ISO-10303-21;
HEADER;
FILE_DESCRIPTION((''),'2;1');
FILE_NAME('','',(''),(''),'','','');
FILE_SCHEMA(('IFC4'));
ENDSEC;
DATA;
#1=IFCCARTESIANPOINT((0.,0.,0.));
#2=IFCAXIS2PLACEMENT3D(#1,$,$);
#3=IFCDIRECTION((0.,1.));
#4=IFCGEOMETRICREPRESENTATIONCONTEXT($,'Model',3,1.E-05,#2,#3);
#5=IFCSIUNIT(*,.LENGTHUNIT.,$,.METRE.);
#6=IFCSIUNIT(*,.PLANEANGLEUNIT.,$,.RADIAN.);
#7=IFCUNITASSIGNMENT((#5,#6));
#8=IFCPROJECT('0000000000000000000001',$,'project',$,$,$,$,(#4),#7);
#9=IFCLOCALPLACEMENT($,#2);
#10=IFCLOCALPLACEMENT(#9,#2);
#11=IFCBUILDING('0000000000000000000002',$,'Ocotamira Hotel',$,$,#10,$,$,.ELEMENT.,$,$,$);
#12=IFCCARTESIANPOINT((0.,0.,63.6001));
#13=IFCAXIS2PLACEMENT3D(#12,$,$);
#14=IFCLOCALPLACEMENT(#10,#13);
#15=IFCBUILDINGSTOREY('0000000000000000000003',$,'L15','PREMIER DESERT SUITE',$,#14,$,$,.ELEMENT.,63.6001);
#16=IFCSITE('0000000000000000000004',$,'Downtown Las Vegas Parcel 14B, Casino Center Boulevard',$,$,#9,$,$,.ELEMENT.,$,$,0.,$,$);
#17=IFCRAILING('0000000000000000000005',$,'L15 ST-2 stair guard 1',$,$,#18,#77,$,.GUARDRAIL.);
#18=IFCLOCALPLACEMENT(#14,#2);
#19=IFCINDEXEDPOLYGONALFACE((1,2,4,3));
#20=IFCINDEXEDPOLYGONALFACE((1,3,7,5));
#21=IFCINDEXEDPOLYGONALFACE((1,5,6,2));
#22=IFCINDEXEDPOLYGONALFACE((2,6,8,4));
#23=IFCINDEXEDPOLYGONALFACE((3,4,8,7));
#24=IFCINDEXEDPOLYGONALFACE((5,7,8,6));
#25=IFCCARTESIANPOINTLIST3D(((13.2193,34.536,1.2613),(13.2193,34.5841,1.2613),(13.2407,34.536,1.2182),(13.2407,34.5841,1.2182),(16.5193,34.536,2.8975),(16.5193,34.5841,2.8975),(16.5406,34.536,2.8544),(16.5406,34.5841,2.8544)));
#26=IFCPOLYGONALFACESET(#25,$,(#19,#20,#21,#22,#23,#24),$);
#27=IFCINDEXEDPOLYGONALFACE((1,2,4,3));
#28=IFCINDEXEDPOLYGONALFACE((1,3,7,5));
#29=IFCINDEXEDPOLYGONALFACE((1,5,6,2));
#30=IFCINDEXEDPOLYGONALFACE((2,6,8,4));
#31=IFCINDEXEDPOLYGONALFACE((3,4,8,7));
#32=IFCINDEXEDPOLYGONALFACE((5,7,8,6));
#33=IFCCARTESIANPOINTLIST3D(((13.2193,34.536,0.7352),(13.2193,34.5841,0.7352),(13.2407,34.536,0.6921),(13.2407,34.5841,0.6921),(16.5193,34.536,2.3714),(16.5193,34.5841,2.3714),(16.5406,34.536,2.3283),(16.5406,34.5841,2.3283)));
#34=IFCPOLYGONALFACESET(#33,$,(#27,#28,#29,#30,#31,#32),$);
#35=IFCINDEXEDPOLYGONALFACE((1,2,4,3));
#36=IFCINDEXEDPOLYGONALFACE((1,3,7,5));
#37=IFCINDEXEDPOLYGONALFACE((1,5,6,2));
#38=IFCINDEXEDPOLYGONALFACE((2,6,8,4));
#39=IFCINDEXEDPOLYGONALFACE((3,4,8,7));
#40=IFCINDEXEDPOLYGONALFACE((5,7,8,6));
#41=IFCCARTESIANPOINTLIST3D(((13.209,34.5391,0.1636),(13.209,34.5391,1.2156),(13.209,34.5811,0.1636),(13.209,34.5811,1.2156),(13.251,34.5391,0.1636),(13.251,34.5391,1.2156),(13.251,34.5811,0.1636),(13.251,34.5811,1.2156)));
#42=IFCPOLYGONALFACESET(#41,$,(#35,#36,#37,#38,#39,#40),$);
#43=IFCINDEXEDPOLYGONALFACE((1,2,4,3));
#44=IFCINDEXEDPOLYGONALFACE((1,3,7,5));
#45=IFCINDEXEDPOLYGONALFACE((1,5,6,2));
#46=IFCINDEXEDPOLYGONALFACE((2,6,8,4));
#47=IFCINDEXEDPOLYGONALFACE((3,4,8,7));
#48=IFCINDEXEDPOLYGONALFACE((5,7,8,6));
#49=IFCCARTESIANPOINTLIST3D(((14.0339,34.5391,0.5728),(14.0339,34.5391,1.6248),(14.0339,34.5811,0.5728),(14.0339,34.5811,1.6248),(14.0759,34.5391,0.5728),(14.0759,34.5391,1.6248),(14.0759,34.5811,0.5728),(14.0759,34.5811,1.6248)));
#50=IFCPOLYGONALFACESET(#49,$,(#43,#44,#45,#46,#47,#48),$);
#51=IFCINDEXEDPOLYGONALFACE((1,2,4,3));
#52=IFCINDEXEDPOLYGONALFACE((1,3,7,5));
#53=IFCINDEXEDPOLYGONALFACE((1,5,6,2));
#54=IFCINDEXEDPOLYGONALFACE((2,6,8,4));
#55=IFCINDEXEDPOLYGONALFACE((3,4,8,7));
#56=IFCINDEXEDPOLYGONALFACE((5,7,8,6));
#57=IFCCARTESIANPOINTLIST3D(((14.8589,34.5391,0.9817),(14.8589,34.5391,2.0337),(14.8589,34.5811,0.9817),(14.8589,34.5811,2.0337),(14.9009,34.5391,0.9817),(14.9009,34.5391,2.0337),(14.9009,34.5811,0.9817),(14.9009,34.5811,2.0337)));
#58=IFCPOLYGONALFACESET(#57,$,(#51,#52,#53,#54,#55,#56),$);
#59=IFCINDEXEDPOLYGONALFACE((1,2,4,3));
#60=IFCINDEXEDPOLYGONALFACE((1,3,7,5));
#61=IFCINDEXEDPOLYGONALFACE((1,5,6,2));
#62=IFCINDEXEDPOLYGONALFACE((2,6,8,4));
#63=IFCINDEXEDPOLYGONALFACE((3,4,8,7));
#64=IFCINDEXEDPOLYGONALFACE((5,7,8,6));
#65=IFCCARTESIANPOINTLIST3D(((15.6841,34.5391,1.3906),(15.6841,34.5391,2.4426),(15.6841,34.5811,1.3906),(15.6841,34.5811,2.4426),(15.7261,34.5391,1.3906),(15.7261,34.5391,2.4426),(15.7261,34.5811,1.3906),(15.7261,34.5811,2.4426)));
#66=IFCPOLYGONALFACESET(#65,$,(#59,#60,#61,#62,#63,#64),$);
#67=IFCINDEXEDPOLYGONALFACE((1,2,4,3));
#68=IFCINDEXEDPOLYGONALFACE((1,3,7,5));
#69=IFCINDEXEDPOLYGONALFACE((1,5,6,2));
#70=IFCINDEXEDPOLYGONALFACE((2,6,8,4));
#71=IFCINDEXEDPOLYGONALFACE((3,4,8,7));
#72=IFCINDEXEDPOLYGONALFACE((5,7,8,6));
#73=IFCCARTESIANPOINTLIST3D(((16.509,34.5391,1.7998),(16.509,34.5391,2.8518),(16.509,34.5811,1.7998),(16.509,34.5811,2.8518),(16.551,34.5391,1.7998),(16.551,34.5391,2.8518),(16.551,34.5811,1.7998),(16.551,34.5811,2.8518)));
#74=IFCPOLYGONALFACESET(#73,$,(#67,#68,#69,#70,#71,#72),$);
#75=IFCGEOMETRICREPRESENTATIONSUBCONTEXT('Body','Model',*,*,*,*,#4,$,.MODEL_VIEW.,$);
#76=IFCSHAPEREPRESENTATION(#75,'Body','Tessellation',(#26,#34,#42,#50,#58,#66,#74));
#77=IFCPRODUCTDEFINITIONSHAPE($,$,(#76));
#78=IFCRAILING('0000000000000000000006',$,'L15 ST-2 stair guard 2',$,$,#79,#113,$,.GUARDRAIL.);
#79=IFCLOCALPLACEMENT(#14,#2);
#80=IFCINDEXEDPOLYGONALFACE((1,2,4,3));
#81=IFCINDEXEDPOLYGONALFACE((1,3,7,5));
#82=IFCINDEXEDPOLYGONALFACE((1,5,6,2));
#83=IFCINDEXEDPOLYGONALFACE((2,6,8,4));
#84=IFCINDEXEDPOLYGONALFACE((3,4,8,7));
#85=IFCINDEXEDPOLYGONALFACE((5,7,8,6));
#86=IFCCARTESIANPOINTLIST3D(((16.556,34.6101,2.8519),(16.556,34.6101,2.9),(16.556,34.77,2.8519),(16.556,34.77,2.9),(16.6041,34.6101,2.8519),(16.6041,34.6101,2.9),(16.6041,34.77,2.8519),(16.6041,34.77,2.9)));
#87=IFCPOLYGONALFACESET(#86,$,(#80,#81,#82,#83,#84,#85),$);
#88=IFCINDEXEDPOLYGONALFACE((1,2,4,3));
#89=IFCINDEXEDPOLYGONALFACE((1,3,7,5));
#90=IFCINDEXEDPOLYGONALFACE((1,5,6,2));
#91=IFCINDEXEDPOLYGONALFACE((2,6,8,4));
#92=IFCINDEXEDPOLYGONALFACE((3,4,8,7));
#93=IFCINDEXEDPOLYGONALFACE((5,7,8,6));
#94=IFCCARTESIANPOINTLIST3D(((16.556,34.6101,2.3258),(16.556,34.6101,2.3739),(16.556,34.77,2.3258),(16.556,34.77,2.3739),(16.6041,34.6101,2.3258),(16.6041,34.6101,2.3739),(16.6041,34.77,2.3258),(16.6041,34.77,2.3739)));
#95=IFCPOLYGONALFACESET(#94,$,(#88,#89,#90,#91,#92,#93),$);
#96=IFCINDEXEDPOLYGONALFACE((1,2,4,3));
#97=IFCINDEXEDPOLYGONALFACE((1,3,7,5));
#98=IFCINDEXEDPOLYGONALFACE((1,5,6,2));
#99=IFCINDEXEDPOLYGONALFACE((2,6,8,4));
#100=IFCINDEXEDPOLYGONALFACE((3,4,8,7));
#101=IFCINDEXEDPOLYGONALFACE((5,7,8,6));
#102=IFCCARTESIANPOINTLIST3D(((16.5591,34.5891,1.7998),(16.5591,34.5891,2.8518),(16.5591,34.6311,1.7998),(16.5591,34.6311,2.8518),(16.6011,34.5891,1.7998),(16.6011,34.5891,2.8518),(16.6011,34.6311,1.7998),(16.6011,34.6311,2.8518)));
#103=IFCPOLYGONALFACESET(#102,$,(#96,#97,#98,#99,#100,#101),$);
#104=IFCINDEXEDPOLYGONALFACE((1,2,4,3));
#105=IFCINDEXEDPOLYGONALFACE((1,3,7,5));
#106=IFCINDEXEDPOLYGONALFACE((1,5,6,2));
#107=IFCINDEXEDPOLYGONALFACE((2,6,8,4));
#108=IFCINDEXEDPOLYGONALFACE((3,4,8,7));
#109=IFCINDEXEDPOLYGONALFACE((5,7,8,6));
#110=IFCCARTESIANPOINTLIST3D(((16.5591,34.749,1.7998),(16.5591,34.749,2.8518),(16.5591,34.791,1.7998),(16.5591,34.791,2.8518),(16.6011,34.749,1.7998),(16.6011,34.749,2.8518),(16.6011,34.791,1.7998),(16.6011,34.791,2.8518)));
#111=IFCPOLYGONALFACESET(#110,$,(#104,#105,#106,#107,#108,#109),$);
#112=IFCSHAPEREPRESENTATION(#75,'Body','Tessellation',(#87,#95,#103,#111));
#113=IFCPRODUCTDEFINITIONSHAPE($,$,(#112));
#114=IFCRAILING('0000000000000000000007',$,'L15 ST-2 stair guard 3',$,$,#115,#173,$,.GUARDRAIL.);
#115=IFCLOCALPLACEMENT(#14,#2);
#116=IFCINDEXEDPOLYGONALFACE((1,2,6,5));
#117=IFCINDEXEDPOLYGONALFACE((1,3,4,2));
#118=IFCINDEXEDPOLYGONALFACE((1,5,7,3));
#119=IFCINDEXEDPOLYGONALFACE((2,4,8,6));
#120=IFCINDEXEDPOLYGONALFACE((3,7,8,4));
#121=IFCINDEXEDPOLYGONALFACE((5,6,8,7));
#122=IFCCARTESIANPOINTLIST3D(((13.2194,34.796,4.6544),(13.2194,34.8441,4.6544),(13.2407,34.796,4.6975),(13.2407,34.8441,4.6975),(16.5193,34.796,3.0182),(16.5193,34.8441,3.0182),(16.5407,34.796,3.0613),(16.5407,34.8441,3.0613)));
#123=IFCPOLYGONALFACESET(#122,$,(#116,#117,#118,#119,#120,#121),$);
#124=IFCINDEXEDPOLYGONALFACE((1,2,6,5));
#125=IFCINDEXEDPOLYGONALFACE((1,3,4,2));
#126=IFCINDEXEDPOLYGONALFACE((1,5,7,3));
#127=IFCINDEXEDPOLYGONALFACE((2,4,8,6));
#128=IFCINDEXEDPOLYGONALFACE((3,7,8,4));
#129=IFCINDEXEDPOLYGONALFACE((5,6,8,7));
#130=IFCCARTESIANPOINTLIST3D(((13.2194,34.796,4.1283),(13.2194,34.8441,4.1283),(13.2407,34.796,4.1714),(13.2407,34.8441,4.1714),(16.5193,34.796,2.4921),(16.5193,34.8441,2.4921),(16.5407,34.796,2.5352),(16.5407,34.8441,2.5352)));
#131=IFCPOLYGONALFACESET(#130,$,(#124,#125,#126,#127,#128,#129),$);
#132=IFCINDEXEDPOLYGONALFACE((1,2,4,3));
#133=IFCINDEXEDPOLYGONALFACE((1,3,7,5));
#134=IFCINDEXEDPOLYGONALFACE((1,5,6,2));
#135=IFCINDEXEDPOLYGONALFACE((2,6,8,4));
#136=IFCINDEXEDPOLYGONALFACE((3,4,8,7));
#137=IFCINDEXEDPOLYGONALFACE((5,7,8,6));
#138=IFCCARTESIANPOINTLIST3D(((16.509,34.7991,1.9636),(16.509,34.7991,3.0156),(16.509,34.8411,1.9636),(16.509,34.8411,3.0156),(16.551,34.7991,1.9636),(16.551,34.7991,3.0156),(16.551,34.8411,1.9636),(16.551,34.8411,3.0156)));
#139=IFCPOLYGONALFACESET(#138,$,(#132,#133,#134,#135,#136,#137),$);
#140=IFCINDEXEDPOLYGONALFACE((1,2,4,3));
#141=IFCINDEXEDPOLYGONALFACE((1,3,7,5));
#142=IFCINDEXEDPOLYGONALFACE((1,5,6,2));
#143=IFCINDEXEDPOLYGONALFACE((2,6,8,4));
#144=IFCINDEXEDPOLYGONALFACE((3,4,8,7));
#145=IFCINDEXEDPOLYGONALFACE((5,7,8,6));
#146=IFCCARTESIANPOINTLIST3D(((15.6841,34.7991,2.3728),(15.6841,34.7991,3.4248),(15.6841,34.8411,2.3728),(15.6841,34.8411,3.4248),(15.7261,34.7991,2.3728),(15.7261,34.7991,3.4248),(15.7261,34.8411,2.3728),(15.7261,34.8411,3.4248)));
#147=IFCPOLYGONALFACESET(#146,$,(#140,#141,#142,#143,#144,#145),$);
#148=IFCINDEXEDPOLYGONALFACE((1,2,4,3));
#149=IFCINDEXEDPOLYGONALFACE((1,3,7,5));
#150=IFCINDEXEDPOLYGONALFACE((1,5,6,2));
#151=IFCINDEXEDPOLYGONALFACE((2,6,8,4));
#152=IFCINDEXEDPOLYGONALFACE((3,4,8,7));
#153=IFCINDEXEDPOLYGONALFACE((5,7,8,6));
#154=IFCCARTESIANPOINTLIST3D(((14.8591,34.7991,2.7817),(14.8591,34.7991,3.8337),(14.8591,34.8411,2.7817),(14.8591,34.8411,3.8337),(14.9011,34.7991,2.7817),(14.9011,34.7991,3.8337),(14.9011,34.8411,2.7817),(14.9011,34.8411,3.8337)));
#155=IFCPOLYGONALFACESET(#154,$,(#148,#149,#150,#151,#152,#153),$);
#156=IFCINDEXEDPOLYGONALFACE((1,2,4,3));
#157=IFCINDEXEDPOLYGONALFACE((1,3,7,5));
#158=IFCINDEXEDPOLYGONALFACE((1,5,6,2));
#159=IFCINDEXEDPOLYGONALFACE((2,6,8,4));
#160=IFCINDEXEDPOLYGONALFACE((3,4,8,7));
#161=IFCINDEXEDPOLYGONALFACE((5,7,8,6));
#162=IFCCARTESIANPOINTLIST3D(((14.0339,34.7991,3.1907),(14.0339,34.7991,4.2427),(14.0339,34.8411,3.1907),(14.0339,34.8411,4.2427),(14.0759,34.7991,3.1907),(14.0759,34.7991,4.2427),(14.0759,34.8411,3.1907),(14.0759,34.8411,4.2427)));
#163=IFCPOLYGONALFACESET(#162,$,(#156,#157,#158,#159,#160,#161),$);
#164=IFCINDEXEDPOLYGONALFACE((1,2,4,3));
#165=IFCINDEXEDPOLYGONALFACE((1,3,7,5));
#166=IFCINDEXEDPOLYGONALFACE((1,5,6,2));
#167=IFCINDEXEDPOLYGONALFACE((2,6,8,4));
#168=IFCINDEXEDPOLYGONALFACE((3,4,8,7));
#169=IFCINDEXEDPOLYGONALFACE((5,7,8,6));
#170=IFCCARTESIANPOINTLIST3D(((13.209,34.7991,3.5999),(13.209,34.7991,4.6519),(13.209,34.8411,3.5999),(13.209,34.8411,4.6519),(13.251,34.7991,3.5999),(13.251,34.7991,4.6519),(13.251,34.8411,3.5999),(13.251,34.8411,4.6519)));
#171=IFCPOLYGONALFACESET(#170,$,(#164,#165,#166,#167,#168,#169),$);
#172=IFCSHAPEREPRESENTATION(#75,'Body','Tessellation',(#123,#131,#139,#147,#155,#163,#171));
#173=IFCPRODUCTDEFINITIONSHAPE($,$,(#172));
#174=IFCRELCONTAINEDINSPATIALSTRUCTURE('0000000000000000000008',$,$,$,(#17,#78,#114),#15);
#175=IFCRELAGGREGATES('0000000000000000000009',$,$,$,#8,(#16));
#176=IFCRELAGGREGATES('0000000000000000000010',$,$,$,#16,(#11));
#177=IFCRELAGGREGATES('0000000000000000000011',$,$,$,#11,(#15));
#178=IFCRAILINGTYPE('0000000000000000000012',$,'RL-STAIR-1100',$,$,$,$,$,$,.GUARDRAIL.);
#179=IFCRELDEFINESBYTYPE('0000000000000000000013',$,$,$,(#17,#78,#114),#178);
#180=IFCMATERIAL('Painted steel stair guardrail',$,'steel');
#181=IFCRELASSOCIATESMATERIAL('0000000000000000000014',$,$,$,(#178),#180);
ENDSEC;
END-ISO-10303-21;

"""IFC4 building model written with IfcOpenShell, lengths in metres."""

from ifc_helpers import new_model, si_unit, direction, frame, origin, origin_2d, place, context, subcontext, project, spatial, rectangle, extrude, material, type_object, element, save


model = new_model("IFC4")

# Units and contexts
model_context = context("Model", 3, precision=1e-05, world=origin(), true_north=direction((0.0, 1.0)))
body_context = subcontext(model_context, "Body", "Model", "MODEL_VIEW")
ifc_project = project(units=[si_unit("LENGTHUNIT", "METRE"), si_unit("PLANEANGLEUNIT", "RADIAN")], contexts=[model_context])

# Site, building, storey
site_placement = place(None, origin())
site = spatial("IfcSite", under=ifc_project, at=site_placement, Name="Downtown Las Vegas Parcel 14B, Casino Center Boulevard", CompositionType="ELEMENT", RefElevation=0.0)
building_placement = place(site_placement, origin())
building = spatial("IfcBuilding", under=site, at=building_placement, Name="Ocotamira Hotel", CompositionType="ELEMENT")
storey_placement = place(building_placement, frame((0.0, 0.0, 63.6001)))
storey = spatial("IfcBuildingStorey", under=building, at=storey_placement, Name="L15", Description="PREMIER DESERT SUITE", CompositionType="ELEMENT", Elevation=63.6001)

# Railings
ifc_material_1 = material(Name="Painted steel stair guardrail", Category="steel")
railing_type_1 = type_object("IfcRailingType", Name="RL-STAIR-1100", PredefinedType="GUARDRAIL", material=ifc_material_1)
railing_1_placement = place(storey_placement, frame((13.23, 34.5601, 0.1636)))
element("IfcRailing", 1, at=railing_1_placement, inside=storey, type_object=railing_type_1, Name="L15 ST-2 stair guard 1", PredefinedType="GUARDRAIL", context=body_context, shape_type="SweptSolid", body=[
    extrude(rectangle(XDim=0.0481, YDim=0.0481, at=origin_2d()), frame((0.0, 0.0, 1.0762), z_axis=(0.89592, 0.0, 0.444215), x_axis=(0.0, 1.0, 0.0)), (0.0, 0.0, 1.0), 3.6833),
    extrude(rectangle(XDim=0.0481, YDim=0.0481, at=origin_2d()), frame((0.0, 0.0, 0.55), z_axis=(0.89592, 0.0, 0.444215), x_axis=(0.0, 1.0, 0.0)), (0.0, 0.0, 1.0), 3.6833),
    extrude(rectangle(XDim=0.042, YDim=0.042, at=origin_2d()), origin(), (0.0, 0.0, 1.0), 1.052),
    extrude(rectangle(XDim=0.042, YDim=0.042, at=origin_2d()), frame((0.825, 0.0, 0.4092)), (0.0, 0.0, 1.0), 1.052),
    extrude(rectangle(XDim=0.042, YDim=0.042, at=origin_2d()), frame((1.6499, 0.0, 0.8181)), (0.0, 0.0, 1.0), 1.052),
    extrude(rectangle(XDim=0.042, YDim=0.042, at=origin_2d()), frame((2.4751, 0.0, 1.2271)), (0.0, 0.0, 1.0), 1.052),
    extrude(rectangle(XDim=0.042, YDim=0.042, at=origin_2d()), frame((3.3, 0.0, 1.6362)), (0.0, 0.0, 1.0), 1.052),
])
railing_2_placement = place(storey_placement, frame((16.5801, 34.6101, 1.7998)))
element("IfcRailing", 2, at=railing_2_placement, inside=storey, type_object=railing_type_1, Name="L15 ST-2 stair guard 2", PredefinedType="GUARDRAIL", context=body_context, shape_type="SweptSolid", body=[
    extrude(rectangle(XDim=0.0481, YDim=0.0481, at=origin_2d()), frame((0.0, 0.0, 1.0762), z_axis=(0.0, 1.0, 0.0), x_axis=(-1.0, 0.0, 0.0)), (0.0, 0.0, 1.0), 0.1599),
    extrude(rectangle(XDim=0.0481, YDim=0.0481, at=origin_2d()), frame((0.0, 0.0, 0.55), z_axis=(0.0, 1.0, 0.0), x_axis=(-1.0, 0.0, 0.0)), (0.0, 0.0, 1.0), 0.1599),
    extrude(rectangle(XDim=0.042, YDim=0.042, at=origin_2d()), origin(), (0.0, 0.0, 1.0), 1.052),
    extrude(rectangle(XDim=0.042, YDim=0.042, at=origin_2d()), frame((0.0, 0.1599, 0.0)), (0.0, 0.0, 1.0), 1.052),
])
railing_3_placement = place(storey_placement, frame((16.53, 34.8201, 1.9636)))
element("IfcRailing", 3, at=railing_3_placement, inside=storey, type_object=railing_type_1, Name="L15 ST-2 stair guard 3", PredefinedType="GUARDRAIL", context=body_context, shape_type="SweptSolid", body=[
    extrude(rectangle(XDim=0.0481, YDim=0.0481, at=origin_2d()), frame((0.0, 0.0, 1.0762), z_axis=(-0.89592, 0.0, 0.444215), x_axis=(0.0, -1.0, 0.0)), (0.0, 0.0, 1.0), 3.6833),
    extrude(rectangle(XDim=0.0481, YDim=0.0481, at=origin_2d()), frame((0.0, 0.0, 0.55), z_axis=(-0.89592, 0.0, 0.444215), x_axis=(0.0, -1.0, 0.0)), (0.0, 0.0, 1.0), 3.6833),
    extrude(rectangle(XDim=0.042, YDim=0.042, at=origin_2d()), origin(), (0.0, 0.0, 1.0), 1.052),
    extrude(rectangle(XDim=0.042, YDim=0.042, at=origin_2d()), frame((-0.825, 0.0, 0.4092)), (0.0, 0.0, 1.0), 1.052),
    extrude(rectangle(XDim=0.042, YDim=0.042, at=origin_2d()), frame((-1.6499, 0.0, 0.8181)), (0.0, 0.0, 1.0), 1.052),
    extrude(rectangle(XDim=0.042, YDim=0.042, at=origin_2d()), frame((-2.4751, 0.0, 1.2271)), (0.0, 0.0, 1.0), 1.052),
    extrude(rectangle(XDim=0.042, YDim=0.042, at=origin_2d()), frame((-3.3, 0.0, 1.6362)), (0.0, 0.0, 1.0), 1.052),
])

save(model, "model.ifc")
